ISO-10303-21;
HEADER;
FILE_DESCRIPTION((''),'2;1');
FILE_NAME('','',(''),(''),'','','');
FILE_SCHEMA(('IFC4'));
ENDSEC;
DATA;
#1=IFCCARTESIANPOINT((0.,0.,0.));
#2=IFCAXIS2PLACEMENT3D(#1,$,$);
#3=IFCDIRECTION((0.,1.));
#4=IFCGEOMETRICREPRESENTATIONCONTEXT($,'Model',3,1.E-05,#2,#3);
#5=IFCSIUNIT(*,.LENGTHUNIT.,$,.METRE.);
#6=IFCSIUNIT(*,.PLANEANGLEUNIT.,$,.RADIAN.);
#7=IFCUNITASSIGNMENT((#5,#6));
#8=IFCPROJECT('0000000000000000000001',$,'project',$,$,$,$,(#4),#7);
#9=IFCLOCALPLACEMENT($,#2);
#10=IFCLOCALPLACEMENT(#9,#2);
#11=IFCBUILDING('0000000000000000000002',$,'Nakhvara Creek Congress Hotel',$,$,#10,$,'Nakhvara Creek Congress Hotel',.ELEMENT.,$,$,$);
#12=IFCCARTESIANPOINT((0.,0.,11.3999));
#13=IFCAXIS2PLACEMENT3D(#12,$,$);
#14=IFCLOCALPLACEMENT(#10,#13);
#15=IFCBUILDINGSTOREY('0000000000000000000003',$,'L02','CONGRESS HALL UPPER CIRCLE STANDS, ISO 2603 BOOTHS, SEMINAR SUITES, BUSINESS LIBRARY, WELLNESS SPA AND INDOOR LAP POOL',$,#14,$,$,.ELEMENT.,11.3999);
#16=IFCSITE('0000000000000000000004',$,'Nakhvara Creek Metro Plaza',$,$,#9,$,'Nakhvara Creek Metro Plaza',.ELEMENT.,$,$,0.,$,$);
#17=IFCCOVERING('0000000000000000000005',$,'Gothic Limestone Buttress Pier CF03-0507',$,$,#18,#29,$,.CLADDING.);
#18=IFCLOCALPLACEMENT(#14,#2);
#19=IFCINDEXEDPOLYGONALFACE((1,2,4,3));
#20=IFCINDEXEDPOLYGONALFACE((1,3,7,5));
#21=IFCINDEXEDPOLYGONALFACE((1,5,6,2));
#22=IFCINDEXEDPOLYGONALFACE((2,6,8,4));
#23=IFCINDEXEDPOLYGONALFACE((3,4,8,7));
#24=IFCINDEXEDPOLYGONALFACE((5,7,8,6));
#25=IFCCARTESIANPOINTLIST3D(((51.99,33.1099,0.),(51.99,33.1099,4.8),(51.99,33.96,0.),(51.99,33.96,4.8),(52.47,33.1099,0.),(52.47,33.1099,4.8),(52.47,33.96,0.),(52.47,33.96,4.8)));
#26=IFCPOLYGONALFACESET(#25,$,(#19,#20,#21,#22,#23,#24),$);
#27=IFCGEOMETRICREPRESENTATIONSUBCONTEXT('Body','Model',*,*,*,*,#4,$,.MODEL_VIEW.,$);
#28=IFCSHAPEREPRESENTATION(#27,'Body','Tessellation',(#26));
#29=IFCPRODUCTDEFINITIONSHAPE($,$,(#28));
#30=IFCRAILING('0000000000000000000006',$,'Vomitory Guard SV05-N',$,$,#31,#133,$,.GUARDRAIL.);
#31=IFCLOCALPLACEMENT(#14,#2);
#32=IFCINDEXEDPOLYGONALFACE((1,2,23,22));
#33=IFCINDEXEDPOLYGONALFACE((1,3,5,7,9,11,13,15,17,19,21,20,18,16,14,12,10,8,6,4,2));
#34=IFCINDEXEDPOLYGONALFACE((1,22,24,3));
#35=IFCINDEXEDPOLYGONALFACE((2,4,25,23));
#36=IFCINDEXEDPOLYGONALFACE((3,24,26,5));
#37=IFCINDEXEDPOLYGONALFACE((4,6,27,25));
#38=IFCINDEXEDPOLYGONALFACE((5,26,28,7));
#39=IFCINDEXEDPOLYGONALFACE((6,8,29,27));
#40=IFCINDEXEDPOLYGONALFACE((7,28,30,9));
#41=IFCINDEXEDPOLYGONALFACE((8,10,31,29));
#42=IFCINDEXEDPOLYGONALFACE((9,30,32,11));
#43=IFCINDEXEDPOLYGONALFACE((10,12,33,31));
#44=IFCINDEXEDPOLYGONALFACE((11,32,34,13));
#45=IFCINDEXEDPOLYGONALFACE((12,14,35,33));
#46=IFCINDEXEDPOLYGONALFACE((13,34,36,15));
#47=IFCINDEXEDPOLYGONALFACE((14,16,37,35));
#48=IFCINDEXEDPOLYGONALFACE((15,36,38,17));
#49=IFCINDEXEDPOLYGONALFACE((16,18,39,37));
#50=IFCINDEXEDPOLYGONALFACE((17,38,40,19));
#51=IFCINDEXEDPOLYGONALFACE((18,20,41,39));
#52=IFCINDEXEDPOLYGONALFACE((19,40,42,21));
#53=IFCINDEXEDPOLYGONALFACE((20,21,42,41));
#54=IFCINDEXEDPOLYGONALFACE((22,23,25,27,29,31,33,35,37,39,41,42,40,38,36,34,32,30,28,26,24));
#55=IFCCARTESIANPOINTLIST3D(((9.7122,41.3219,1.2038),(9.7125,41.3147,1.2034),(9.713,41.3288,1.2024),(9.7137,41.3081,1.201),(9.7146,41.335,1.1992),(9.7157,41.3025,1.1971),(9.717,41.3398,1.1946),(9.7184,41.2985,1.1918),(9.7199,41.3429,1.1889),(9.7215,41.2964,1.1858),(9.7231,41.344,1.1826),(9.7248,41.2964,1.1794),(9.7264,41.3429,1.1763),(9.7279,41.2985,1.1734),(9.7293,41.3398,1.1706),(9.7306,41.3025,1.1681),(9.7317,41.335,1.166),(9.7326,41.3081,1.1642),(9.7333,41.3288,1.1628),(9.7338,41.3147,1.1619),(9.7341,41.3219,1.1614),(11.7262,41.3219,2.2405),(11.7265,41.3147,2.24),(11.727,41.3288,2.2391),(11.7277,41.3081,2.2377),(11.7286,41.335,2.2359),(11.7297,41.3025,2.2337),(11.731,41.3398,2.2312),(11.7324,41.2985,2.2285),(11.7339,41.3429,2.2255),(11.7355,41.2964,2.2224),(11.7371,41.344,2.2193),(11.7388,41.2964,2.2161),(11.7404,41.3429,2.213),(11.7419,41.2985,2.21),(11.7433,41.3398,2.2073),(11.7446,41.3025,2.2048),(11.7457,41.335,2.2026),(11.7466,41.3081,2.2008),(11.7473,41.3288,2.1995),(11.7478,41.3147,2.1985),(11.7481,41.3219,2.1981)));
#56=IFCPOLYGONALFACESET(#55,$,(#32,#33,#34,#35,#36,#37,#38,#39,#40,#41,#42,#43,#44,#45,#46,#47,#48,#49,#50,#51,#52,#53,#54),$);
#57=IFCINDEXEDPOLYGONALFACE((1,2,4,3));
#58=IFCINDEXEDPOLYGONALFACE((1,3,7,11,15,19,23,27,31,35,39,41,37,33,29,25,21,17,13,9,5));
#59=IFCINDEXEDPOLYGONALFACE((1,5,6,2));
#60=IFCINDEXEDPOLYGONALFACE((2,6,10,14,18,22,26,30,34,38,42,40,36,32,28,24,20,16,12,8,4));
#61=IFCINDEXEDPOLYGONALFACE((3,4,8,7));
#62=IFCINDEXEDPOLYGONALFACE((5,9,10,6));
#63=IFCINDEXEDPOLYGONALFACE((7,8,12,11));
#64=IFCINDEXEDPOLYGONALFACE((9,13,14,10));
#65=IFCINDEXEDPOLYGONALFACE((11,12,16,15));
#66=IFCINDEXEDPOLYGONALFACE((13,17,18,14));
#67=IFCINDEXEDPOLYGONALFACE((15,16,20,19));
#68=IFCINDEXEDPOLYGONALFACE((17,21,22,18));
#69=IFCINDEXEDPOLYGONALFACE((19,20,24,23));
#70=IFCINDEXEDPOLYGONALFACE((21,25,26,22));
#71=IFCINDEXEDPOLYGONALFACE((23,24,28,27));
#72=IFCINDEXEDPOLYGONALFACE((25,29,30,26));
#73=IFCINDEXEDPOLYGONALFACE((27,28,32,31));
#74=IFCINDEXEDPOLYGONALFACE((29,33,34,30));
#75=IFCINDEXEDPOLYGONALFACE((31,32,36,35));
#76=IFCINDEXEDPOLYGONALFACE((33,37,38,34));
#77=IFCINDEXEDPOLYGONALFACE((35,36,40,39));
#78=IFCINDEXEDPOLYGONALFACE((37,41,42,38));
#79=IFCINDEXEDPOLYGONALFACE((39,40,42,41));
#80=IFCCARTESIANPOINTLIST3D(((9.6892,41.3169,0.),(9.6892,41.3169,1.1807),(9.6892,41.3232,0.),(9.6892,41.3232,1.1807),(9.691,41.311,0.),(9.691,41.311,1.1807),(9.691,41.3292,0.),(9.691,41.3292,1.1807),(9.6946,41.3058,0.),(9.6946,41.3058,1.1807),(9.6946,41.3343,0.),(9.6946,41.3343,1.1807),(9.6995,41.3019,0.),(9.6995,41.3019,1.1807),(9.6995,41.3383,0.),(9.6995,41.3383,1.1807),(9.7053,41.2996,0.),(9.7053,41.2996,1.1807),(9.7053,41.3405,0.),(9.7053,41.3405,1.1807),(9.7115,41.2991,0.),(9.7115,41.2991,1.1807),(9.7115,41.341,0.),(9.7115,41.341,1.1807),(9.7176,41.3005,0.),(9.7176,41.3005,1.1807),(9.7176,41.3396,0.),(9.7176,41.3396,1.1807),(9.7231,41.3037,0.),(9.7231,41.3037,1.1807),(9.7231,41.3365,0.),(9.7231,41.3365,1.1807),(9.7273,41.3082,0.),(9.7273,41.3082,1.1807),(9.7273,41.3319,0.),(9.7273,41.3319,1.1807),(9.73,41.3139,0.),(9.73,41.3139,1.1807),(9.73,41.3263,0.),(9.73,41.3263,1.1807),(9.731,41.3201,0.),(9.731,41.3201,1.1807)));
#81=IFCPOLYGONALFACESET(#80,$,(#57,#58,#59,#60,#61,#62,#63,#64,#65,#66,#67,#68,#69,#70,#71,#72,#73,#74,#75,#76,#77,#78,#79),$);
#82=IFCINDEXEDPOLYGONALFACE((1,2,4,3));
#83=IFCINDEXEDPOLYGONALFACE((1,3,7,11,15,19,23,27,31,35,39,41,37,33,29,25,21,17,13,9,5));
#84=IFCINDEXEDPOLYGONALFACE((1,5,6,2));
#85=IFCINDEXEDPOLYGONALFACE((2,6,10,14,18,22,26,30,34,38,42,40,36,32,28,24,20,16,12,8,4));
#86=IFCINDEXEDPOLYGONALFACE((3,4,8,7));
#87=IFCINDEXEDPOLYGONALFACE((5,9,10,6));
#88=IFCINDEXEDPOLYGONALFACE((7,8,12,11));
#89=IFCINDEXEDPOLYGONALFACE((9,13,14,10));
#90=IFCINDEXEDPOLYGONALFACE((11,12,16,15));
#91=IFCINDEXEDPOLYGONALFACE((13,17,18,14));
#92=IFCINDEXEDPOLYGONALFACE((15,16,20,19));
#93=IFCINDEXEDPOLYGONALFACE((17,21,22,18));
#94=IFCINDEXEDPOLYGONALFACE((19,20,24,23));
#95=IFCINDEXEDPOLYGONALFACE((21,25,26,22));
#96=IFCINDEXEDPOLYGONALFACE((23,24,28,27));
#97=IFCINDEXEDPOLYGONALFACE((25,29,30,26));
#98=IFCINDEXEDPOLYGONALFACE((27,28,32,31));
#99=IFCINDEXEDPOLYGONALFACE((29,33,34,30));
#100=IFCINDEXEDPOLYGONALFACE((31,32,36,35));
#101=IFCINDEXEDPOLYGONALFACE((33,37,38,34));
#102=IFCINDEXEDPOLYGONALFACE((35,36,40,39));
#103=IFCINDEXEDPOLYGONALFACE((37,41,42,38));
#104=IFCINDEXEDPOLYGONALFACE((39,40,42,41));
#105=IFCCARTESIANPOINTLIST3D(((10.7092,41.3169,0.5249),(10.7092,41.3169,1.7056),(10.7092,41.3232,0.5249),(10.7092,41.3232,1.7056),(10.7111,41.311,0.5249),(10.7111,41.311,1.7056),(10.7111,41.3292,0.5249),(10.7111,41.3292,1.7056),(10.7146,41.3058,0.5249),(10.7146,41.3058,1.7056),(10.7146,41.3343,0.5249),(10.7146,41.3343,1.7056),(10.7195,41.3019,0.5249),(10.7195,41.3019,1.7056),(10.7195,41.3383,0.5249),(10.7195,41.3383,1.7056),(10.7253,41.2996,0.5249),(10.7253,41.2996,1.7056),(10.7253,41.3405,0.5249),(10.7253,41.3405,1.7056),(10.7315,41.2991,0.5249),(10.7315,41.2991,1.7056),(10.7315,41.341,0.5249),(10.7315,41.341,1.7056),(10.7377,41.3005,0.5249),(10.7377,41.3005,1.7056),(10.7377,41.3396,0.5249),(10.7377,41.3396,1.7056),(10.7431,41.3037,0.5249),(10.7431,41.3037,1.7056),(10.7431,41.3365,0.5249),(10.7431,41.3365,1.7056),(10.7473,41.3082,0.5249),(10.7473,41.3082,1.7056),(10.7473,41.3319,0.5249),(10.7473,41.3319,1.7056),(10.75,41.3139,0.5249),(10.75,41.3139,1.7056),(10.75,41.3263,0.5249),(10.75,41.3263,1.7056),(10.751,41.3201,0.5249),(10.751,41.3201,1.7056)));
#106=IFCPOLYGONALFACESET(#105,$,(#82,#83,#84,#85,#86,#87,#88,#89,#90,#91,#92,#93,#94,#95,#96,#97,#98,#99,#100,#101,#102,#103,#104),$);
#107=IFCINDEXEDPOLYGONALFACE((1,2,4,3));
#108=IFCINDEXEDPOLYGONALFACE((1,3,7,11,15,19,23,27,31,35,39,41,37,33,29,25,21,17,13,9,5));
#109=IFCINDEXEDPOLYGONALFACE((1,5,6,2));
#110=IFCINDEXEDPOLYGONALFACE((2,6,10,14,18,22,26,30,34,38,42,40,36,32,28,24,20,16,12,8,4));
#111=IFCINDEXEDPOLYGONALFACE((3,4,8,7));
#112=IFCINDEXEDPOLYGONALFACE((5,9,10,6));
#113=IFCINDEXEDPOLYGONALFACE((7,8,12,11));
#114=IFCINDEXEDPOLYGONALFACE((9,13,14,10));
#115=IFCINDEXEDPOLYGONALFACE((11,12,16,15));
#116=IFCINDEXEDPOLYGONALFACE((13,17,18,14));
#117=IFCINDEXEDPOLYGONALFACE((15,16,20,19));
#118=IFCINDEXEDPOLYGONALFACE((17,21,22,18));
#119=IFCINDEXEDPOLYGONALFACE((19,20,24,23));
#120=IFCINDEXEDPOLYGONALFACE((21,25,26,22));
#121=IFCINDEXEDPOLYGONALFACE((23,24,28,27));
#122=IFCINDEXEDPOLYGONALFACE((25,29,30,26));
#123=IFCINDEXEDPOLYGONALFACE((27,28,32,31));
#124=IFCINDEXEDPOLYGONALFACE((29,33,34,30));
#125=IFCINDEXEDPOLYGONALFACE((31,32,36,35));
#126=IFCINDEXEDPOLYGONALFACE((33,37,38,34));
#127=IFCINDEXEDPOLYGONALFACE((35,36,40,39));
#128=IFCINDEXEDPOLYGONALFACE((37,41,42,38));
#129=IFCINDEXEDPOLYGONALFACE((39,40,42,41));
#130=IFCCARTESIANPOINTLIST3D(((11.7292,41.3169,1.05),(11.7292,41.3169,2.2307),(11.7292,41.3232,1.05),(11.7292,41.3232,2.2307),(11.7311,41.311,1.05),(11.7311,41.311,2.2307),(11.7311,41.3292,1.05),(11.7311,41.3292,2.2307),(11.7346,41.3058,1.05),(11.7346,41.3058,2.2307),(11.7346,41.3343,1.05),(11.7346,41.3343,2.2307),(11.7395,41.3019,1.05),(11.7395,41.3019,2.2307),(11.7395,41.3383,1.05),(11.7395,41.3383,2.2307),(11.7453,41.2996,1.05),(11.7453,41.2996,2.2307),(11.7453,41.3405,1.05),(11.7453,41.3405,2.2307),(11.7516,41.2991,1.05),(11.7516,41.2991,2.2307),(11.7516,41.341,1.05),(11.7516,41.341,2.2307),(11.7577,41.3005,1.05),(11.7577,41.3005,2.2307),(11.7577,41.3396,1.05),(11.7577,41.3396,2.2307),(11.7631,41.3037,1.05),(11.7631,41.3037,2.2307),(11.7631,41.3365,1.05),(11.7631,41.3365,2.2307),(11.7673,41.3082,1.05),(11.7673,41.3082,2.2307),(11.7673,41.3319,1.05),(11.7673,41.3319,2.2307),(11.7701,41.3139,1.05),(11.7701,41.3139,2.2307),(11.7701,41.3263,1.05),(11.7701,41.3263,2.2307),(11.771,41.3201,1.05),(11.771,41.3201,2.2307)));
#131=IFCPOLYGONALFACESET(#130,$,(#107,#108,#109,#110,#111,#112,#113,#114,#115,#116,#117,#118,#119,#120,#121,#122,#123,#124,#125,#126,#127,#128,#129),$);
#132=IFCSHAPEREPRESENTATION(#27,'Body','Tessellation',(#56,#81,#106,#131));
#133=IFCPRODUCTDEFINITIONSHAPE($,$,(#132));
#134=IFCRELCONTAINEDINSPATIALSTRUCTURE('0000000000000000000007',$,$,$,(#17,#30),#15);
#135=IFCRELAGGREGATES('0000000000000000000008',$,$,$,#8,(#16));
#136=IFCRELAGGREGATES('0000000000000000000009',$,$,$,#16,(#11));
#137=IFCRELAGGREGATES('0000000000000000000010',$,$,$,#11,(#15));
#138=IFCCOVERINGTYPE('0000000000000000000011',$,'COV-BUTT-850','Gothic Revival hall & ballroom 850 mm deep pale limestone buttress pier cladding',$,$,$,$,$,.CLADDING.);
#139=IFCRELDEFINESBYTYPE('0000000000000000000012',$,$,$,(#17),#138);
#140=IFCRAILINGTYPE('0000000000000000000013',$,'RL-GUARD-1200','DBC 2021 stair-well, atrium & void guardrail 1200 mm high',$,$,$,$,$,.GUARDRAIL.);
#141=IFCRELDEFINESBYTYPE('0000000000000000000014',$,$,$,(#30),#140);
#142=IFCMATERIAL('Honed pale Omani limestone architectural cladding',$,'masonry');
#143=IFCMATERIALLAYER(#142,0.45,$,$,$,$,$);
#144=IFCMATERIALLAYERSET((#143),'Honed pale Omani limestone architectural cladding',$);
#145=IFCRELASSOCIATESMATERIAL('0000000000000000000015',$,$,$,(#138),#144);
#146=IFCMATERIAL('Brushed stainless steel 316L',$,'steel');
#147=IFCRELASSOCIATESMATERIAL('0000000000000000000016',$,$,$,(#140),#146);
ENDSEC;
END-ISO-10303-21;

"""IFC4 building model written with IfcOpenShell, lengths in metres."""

from ifc_helpers import new_model, si_unit, direction, frame, origin, origin_2d, place, context, subcontext, project, spatial, rectangle, circle, extrude, material, layer, layer_set, type_object, element, save


model = new_model("IFC4")

# Units and contexts
model_context = context("Model", 3, precision=1e-05, world=origin(), true_north=direction((0.0, 1.0)))
body_context = subcontext(model_context, "Body", "Model", "MODEL_VIEW")
ifc_project = project(units=[si_unit("LENGTHUNIT", "METRE"), si_unit("PLANEANGLEUNIT", "RADIAN")], contexts=[model_context])

# Site, building, storey
site_placement = place(None, origin())
site = spatial("IfcSite", under=ifc_project, at=site_placement, Name="Nakhvara Creek Metro Plaza", LongName="Nakhvara Creek Metro Plaza", CompositionType="ELEMENT", RefElevation=0.0)
building_placement = place(site_placement, origin())
building = spatial("IfcBuilding", under=site, at=building_placement, Name="Nakhvara Creek Congress Hotel", LongName="Nakhvara Creek Congress Hotel", CompositionType="ELEMENT")
storey_placement = place(building_placement, frame((0.0, 0.0, 11.3999)))
storey = spatial("IfcBuildingStorey", under=building, at=storey_placement, Name="L02", Description="CONGRESS HALL UPPER CIRCLE STANDS, ISO 2603 BOOTHS, SEMINAR SUITES, BUSINESS LIBRARY, WELLNESS SPA AND INDOOR LAP POOL", CompositionType="ELEMENT", Elevation=11.3999)

# Covering
ifc_material_1 = material(Name="Honed pale Omani limestone architectural cladding", Category="masonry")
ifc_layer_1 = layer(ifc_material_1, 0.45)
ifc_layer_set_1 = layer_set([ifc_layer_1], Name="Honed pale Omani limestone architectural cladding")
covering_type = type_object("IfcCoveringType", Name="COV-BUTT-850", Description="Gothic Revival hall & ballroom 850 mm deep pale limestone buttress pier cladding", PredefinedType="CLADDING", material=ifc_layer_set_1)
for number, where, z_axis, x_axis, name in (
    (1, (52.23, 33.5349, 0.0), (0.0, 0.0, 1.0), (1.0, 0.0, 0.0), "Gothic Limestone Buttress Pier CF03-0507"),
):
    element("IfcCovering", number, at=place(storey_placement, frame(where, z_axis=z_axis, x_axis=x_axis)), inside=storey, type_object=covering_type, Name=name, PredefinedType="CLADDING", context=body_context, shape_type="SweptSolid", body=[
        extrude(rectangle(XDim=0.48, YDim=0.8501, at=origin_2d()), origin(), (0.0, 0.0, 1.0), 4.8),
    ])

# Railing
ifc_material_2 = material(Name="Brushed stainless steel 316L", Category="steel")
railing_type_1 = type_object("IfcRailingType", Name="RL-GUARD-1200", Description="DBC 2021 stair-well, atrium & void guardrail 1200 mm high", PredefinedType="GUARDRAIL", material=ifc_material_2)
railing_1_placement = place(storey_placement, frame((9.71, 41.3201, 0.0)))
element("IfcRailing", 2, at=railing_1_placement, inside=storey, type_object=railing_type_1, Name="Vomitory Guard SV05-N", PredefinedType="GUARDRAIL", context=body_context, shape_type="SweptSolid", body=[
    extrude(circle(Radius=0.0239, at=origin_2d()), frame((0.0132, 0.0, 1.1826), z_axis=(0.889131, 0.0, 0.457653), x_axis=(0.0, 1.0, 0.0)), (0.0, 0.0, 1.0), 2.2651),
    extrude(circle(Radius=0.021, at=origin_2d()), origin(), (0.0, 0.0, 1.0), 1.1807),
    extrude(circle(Radius=0.021, at=origin_2d()), frame((1.02, 0.0, 0.5249)), (0.0, 0.0, 1.0), 1.1807),
    extrude(circle(Radius=0.021, at=origin_2d()), frame((2.04, 0.0, 1.05)), (0.0, 0.0, 1.0), 1.1807),
])

save(model, "model.ifc")
